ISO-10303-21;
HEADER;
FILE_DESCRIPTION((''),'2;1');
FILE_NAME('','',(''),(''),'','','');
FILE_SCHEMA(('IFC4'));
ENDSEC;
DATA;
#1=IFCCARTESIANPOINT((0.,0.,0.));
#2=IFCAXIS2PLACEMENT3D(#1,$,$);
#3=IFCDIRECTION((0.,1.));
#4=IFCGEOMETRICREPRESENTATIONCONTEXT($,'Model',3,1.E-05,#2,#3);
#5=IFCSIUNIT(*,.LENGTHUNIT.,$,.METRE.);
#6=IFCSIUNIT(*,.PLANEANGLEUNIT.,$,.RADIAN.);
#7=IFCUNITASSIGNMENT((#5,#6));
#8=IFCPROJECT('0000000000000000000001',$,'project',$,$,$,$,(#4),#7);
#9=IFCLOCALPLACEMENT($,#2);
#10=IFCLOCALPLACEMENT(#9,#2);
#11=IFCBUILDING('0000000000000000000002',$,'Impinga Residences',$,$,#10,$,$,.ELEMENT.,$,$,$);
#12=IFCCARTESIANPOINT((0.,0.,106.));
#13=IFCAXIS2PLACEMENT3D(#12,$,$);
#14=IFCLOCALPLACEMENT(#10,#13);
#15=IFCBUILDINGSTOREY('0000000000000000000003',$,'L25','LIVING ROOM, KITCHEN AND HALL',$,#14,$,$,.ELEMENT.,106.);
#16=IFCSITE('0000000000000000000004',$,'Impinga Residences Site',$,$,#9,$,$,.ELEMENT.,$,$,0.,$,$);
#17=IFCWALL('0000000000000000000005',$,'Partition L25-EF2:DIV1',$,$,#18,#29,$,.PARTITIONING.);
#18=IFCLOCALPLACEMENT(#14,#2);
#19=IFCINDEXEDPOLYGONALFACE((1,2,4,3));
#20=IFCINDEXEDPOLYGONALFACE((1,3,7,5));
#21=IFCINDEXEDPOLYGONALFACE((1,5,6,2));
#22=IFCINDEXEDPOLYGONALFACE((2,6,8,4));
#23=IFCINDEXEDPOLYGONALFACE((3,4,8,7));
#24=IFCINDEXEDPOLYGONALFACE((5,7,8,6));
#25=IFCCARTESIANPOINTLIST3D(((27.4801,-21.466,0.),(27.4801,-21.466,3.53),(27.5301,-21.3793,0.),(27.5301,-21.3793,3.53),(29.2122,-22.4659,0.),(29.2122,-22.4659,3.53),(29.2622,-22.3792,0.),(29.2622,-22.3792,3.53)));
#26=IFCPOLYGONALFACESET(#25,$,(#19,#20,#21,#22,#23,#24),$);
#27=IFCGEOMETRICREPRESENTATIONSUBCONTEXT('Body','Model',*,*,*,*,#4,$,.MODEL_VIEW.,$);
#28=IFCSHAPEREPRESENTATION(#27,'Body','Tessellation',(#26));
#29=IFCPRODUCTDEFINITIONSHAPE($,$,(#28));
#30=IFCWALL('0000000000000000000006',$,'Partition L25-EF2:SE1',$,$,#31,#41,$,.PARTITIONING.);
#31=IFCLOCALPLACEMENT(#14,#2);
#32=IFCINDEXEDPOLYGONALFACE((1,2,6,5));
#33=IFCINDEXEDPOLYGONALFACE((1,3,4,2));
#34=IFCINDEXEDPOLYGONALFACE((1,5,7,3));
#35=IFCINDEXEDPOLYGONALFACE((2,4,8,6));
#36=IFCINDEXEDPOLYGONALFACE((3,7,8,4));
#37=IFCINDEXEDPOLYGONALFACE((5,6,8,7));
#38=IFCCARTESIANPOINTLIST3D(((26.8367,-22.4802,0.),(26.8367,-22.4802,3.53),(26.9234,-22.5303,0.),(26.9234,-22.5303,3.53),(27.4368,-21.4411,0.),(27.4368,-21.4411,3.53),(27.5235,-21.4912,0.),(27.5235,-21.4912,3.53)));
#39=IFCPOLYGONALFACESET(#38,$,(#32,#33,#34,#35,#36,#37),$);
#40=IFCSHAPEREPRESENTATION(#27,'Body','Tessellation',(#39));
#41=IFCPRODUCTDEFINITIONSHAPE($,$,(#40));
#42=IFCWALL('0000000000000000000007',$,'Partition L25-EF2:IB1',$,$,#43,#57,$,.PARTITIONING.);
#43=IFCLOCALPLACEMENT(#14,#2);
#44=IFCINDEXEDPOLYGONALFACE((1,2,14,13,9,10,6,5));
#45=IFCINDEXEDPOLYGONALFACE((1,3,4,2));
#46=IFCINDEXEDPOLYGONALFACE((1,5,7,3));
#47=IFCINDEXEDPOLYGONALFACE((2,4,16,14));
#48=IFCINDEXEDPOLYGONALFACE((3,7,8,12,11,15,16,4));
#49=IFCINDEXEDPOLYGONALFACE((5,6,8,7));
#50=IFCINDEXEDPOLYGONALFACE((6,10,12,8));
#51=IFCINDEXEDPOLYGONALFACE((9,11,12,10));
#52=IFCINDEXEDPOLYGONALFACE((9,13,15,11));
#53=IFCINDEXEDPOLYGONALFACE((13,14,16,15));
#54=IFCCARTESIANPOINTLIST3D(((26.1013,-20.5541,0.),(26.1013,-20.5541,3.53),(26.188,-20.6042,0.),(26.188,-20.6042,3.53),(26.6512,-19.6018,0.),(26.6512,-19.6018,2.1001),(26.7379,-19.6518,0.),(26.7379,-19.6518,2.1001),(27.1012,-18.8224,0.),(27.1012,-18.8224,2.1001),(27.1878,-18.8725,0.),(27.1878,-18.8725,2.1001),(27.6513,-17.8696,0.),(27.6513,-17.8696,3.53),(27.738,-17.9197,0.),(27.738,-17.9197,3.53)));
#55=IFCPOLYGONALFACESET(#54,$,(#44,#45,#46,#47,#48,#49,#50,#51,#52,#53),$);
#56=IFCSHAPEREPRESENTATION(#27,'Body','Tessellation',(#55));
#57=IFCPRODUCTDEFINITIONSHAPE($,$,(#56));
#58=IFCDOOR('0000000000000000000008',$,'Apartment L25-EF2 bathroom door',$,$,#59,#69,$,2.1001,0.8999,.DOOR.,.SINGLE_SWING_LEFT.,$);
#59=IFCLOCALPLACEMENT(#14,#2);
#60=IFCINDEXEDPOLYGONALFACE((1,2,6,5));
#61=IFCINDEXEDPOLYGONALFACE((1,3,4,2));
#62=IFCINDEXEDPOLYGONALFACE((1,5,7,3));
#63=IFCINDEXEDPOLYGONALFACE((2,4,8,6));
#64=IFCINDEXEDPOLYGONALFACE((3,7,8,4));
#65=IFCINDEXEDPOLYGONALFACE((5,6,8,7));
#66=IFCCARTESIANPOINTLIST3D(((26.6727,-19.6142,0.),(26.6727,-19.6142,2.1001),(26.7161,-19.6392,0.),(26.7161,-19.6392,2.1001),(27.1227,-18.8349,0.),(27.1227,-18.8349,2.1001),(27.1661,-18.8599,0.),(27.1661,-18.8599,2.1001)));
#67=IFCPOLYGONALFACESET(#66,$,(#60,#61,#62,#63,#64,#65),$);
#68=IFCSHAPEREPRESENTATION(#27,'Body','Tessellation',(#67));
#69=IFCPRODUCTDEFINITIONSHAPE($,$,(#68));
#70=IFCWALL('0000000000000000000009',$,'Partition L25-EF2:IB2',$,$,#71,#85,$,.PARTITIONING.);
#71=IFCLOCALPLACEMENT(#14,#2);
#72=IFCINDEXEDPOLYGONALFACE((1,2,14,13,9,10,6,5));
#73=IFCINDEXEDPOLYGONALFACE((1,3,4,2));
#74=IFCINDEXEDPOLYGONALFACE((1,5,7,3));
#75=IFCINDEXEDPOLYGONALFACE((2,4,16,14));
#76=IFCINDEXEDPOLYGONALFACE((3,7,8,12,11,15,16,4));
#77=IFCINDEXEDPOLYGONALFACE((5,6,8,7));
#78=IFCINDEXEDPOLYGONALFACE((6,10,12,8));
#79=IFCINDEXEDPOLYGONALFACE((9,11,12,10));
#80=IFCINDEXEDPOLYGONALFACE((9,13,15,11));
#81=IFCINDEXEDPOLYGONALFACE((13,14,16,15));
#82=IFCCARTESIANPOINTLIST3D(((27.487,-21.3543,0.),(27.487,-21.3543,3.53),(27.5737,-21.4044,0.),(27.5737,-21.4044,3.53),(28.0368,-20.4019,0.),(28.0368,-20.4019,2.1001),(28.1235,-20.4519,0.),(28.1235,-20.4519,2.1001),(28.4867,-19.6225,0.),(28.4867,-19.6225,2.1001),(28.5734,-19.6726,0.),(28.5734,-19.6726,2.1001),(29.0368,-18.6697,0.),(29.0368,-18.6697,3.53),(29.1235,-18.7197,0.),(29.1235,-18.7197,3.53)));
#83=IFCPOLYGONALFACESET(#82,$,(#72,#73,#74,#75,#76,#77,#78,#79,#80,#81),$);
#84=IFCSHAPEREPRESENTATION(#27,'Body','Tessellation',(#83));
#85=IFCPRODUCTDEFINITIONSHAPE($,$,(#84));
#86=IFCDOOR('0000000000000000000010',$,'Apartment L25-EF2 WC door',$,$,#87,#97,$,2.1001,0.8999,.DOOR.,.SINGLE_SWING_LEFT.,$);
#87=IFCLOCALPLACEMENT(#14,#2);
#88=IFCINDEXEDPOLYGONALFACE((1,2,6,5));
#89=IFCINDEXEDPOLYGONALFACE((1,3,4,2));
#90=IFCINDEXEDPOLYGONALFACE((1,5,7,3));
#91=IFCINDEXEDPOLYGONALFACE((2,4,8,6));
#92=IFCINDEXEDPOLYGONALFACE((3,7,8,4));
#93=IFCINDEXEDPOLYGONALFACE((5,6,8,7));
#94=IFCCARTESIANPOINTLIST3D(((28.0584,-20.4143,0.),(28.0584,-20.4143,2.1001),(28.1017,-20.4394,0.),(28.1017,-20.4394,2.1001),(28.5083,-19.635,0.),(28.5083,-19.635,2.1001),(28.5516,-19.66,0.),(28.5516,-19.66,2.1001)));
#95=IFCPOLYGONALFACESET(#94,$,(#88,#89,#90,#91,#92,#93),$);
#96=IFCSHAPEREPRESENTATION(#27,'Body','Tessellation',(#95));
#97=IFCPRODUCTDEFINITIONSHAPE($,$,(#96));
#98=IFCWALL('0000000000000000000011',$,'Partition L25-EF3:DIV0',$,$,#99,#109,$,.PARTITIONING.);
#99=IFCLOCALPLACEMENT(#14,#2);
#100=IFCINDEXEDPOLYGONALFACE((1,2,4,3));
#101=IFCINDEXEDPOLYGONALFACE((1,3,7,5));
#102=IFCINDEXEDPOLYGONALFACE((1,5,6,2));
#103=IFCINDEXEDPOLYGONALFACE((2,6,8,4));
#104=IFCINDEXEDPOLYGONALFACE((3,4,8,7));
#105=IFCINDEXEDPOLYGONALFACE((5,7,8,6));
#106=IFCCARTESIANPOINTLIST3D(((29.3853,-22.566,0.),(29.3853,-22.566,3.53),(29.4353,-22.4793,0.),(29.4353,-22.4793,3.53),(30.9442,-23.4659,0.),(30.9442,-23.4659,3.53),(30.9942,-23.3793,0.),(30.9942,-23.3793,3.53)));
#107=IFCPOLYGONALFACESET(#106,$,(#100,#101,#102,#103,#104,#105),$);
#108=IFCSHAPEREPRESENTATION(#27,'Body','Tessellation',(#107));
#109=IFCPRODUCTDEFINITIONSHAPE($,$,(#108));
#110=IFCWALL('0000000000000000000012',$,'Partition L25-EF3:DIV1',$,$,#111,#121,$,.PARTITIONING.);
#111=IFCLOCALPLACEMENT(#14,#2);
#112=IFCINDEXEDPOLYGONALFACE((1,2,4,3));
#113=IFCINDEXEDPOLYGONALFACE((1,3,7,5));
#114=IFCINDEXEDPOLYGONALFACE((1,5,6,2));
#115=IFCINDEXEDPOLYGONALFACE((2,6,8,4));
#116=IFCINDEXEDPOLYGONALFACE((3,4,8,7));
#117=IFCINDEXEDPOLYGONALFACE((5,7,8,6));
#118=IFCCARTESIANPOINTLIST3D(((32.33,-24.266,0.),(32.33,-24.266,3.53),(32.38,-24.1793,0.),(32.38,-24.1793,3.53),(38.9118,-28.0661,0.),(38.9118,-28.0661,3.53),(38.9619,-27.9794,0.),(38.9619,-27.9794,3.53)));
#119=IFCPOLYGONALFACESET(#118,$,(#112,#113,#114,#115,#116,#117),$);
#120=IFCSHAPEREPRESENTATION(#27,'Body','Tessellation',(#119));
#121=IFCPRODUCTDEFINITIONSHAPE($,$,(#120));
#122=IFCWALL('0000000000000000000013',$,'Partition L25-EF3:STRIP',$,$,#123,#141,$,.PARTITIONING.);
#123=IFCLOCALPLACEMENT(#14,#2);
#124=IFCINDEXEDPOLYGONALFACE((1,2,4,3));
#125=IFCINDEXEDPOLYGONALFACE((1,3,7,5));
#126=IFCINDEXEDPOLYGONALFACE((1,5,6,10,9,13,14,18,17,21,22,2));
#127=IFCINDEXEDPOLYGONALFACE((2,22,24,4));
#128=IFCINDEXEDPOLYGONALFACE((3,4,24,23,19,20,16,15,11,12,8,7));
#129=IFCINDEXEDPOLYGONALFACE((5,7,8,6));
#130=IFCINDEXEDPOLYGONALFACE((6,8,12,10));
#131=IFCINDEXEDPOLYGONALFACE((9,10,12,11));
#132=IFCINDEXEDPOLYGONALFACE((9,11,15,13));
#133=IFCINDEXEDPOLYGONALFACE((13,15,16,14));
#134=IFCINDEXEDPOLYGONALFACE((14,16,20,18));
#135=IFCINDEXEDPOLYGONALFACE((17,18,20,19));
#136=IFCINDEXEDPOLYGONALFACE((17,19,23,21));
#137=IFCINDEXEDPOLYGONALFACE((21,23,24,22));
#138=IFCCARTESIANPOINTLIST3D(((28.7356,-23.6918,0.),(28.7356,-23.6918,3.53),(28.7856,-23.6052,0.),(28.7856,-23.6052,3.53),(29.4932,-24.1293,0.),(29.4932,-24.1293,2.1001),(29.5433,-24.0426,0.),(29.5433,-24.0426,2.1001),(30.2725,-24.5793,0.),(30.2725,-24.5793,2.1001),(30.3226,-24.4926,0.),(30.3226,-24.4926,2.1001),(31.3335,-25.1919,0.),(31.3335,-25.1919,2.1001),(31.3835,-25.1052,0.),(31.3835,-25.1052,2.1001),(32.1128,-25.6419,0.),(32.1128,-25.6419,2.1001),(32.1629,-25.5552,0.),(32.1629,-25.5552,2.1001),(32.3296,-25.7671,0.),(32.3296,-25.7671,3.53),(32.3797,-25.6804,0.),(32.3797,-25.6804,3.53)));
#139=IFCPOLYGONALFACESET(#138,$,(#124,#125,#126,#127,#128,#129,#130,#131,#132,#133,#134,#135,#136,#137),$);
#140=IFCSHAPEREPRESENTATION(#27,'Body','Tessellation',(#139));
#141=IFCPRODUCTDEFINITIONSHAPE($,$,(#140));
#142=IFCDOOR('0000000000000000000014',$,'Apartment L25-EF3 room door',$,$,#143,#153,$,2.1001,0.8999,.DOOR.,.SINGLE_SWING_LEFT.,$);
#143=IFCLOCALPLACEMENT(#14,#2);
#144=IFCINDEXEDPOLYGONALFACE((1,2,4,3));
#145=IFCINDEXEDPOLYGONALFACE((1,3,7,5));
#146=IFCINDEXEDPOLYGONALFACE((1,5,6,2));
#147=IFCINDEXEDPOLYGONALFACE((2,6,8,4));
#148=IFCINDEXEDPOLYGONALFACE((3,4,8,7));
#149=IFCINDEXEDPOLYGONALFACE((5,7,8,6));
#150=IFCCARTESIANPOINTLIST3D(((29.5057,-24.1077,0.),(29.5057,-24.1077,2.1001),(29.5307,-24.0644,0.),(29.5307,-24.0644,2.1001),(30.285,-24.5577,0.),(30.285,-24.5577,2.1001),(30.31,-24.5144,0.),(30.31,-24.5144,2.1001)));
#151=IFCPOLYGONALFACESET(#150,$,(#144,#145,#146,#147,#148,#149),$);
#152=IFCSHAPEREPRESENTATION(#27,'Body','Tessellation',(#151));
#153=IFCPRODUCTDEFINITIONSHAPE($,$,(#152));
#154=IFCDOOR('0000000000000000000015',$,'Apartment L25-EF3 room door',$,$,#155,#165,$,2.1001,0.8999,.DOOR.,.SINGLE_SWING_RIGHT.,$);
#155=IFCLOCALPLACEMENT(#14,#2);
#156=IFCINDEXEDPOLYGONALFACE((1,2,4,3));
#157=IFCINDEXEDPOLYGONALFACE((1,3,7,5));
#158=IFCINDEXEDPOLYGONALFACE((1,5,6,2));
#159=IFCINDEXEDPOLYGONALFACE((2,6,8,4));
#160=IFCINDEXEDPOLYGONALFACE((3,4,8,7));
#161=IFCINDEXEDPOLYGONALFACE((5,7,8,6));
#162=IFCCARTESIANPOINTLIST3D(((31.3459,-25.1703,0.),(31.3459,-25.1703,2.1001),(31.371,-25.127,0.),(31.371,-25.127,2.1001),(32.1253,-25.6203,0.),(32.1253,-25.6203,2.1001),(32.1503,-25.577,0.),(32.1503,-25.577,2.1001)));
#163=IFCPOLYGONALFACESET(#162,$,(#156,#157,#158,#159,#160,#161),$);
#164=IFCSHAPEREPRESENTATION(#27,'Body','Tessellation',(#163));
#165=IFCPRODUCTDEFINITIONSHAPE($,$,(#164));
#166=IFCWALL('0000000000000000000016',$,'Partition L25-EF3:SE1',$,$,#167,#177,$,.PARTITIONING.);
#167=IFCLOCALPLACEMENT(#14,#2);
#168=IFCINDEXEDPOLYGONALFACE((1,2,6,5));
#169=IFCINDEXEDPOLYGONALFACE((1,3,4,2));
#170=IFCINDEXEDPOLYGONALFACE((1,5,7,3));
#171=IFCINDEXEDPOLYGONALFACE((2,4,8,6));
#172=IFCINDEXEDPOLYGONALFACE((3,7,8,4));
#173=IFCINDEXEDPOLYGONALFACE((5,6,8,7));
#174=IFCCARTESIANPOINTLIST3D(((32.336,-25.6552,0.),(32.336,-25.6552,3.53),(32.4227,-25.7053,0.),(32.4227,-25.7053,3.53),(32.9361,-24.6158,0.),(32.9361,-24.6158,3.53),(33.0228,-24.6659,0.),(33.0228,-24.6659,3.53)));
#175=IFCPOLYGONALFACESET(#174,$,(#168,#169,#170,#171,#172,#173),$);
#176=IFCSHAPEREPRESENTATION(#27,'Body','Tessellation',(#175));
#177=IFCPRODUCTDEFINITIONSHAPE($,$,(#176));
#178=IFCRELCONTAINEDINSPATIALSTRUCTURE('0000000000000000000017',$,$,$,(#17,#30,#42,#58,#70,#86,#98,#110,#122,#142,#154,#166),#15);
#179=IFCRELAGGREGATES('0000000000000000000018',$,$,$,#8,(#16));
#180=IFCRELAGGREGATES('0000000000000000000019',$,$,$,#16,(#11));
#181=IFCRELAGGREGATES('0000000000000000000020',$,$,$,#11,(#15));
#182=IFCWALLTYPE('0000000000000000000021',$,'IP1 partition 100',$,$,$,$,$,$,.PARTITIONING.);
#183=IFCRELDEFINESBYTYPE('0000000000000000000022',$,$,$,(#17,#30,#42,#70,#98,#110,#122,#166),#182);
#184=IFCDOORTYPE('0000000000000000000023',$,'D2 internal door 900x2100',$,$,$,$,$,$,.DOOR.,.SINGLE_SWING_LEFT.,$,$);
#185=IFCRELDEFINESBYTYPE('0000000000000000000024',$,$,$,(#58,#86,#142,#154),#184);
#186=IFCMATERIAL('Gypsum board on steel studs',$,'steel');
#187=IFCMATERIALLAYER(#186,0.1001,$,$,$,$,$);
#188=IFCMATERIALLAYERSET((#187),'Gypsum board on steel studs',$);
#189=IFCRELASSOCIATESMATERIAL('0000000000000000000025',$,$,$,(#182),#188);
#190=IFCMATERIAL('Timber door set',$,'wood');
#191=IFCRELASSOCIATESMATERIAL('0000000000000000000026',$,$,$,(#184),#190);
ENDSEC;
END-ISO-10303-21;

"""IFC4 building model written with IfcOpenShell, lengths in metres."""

from ifc_helpers import new_model, si_unit, direction, frame, frame_2d, origin, place, context, subcontext, project, spatial, rectangle, extrude, material, layer, layer_set, type_object, element, fill, save


model = new_model("IFC4")

# Units and contexts
model_context = context("Model", 3, precision=1e-05, world=origin(), true_north=direction((0.0, 1.0)))
body_context = subcontext(model_context, "Body", "Model", "MODEL_VIEW")
ifc_project = project(units=[si_unit("LENGTHUNIT", "METRE"), si_unit("PLANEANGLEUNIT", "RADIAN")], contexts=[model_context])

# Site, building, storey
site_placement = place(None, origin())
site = spatial("IfcSite", under=ifc_project, at=site_placement, Name="Impinga Residences Site", CompositionType="ELEMENT", RefElevation=0.0)
building_placement = place(site_placement, origin())
building = spatial("IfcBuilding", under=site, at=building_placement, Name="Impinga Residences", CompositionType="ELEMENT")
storey_placement = place(building_placement, frame((0.0, 0.0, 106.0)))
storey = spatial("IfcBuildingStorey", under=building, at=storey_placement, Name="L25", Description="LIVING ROOM, KITCHEN AND HALL", CompositionType="ELEMENT", Elevation=106.0)

# Walls
ifc_material_1 = material(Name="Gypsum board on steel studs", Category="steel")
ifc_layer_1 = layer(ifc_material_1, 0.1001)
ifc_layer_set_1 = layer_set([ifc_layer_1], Name="Gypsum board on steel studs")
wall_type_1 = type_object("IfcWallType", Name="IP1 partition 100", PredefinedType="PARTITIONING", material=ifc_layer_set_1)
wall_1_placement = place(storey_placement, frame((27.5051, -21.4226, 0.0), z_axis=(0.0, 0.0, 1.0), x_axis=(0.866041, -0.499973, 0.0)))
element("IfcWall", 1, at=wall_1_placement, inside=storey, type_object=wall_type_1, Name="Partition L25-EF2:DIV1", PredefinedType="PARTITIONING", context=body_context, shape_type="SweptSolid", body=[
    extrude(rectangle(XDim=2.0, YDim=0.1001, at=frame_2d((1.0, 0.0))), origin(), (0.0, 0.0, 1.0), 3.53),
])
wall_2_placement = place(storey_placement, frame((27.4802, -21.4661, 0.0), z_axis=(0.0, 0.0, 1.0), x_axis=(-0.500122, -0.865955, 0.0)))
element("IfcWall", 2, at=wall_2_placement, inside=storey, type_object=wall_type_1, Name="Partition L25-EF2:SE1", PredefinedType="PARTITIONING", context=body_context, shape_type="SweptSolid", body=[
    extrude(rectangle(XDim=1.2, YDim=0.1001, at=frame_2d((0.6001, 0.0))), origin(), (0.0, 0.0, 1.0), 3.53),
])

# Walls, openings, doors
wall_3_placement = place(storey_placement, frame((27.6946, -17.8948, 0.0), z_axis=(0.0, 0.0, 1.0), x_axis=(-0.500027, -0.86601, 0.0)))
wall_3 = element("IfcWall", 3, at=wall_3_placement, inside=storey, type_object=wall_type_1, Name="Partition L25-EF2:IB1", PredefinedType="PARTITIONING", context=body_context, shape_type="SweptSolid", body=[
    extrude(rectangle(XDim=3.0999, YDim=0.1001, at=frame_2d((1.5498, 0.0))), origin(), (0.0, 0.0, 1.0), 3.53),
])
opening_1_placement = place(wall_3_placement, frame((1.1001, 0.0, 0.0)))
opening_1 = element("IfcOpeningElement", 4, at=opening_1_placement, cuts=wall_3, PredefinedType="OPENING", context=body_context, shape_type="SweptSolid", body=[
    extrude(rectangle(XDim=0.8999, YDim=2.1001, at=frame_2d((0.45, 1.05))), frame((0.0, 0.0601, 0.0), z_axis=(0.0, -1.0, 0.0), x_axis=(1.0, 0.0, 0.0)), (0.0, 0.0, 1.0), 0.1201),
])
ifc_material_2 = material(Name="Timber door set", Category="wood")
door_type = type_object("IfcDoorType", Name="D2 internal door 900x2100", OperationType="SINGLE_SWING_LEFT", PredefinedType="DOOR", material=ifc_material_2)
door_1_placement = place(opening_1_placement, origin())
door_1 = element("IfcDoor", 5, at=door_1_placement, inside=storey, type_object=door_type, Name="Apartment L25-EF2 bathroom door", OperationType="SINGLE_SWING_LEFT", OverallHeight=2.1001, OverallWidth=0.8999, PredefinedType="DOOR", context=body_context, shape_type="SweptSolid", body=[
    extrude(rectangle(XDim=0.8999, YDim=2.1001, at=frame_2d((0.45, 1.05))), frame((0.0, 0.0249, 0.0), z_axis=(0.0, -1.0, 0.0), x_axis=(1.0, 0.0, 0.0)), (0.0, 0.0, 1.0), 0.05),
])
fill(opening_1, door_1)
wall_4_placement = place(storey_placement, frame((29.0801, -18.6948, 0.0), z_axis=(0.0, 0.0, 1.0), x_axis=(-0.499968, -0.866044, 0.0)))
wall_4 = element("IfcWall", 6, at=wall_4_placement, inside=storey, type_object=wall_type_1, Name="Partition L25-EF2:IB2", PredefinedType="PARTITIONING", context=body_context, shape_type="SweptSolid", body=[
    extrude(rectangle(XDim=3.0999, YDim=0.1001, at=frame_2d((1.5498, 0.0))), origin(), (0.0, 0.0, 1.0), 3.53),
])
opening_2_placement = place(wall_4_placement, frame((1.1001, 0.0, 0.0)))
opening_2 = element("IfcOpeningElement", 7, at=opening_2_placement, cuts=wall_4, PredefinedType="OPENING", context=body_context, shape_type="SweptSolid", body=[
    extrude(rectangle(XDim=0.8999, YDim=2.1001, at=frame_2d((0.45, 1.05))), frame((0.0, 0.0601, 0.0), z_axis=(0.0, -1.0, 0.0), x_axis=(1.0, 0.0, 0.0)), (0.0, 0.0, 1.0), 0.1201),
])
door_2_placement = place(opening_2_placement, origin())
door_2 = element("IfcDoor", 8, at=door_2_placement, inside=storey, type_object=door_type, Name="Apartment L25-EF2 WC door", OperationType="SINGLE_SWING_LEFT", OverallHeight=2.1001, OverallWidth=0.8999, PredefinedType="DOOR", context=body_context, shape_type="SweptSolid", body=[
    extrude(rectangle(XDim=0.8999, YDim=2.1001, at=frame_2d((0.45, 1.05))), frame((0.0, 0.0249, 0.0), z_axis=(0.0, -1.0, 0.0), x_axis=(1.0, 0.0, 0.0)), (0.0, 0.0, 1.0), 0.05),
])
fill(opening_2, door_2)

# Walls
wall_5_placement = place(storey_placement, frame((29.4104, -22.5227, 0.0), z_axis=(0.0, 0.0, 1.0), x_axis=(0.866048, -0.499961, 0.0)))
element("IfcWall", 9, at=wall_5_placement, inside=storey, type_object=wall_type_1, Name="Partition L25-EF3:DIV0", PredefinedType="PARTITIONING", context=body_context, shape_type="SweptSolid", body=[
    extrude(rectangle(XDim=1.8, YDim=0.1001, at=frame_2d((0.8999, 0.0))), origin(), (0.0, 0.0, 1.0), 3.53),
])
wall_6_placement = place(storey_placement, frame((32.355, -24.2227, 0.0), z_axis=(0.0, 0.0, 1.0), x_axis=(0.866022, -0.500005, 0.0)))
element("IfcWall", 10, at=wall_6_placement, inside=storey, type_object=wall_type_1, Name="Partition L25-EF3:DIV1", PredefinedType="PARTITIONING", context=body_context, shape_type="SweptSolid", body=[
    extrude(rectangle(XDim=7.6001, YDim=0.1001, at=frame_2d((3.8, 0.0))), origin(), (0.0, 0.0, 1.0), 3.53),
])

# Wall, openings, doors
wall_7_placement = place(storey_placement, frame((28.7605, -23.6484, 0.0), z_axis=(0.0, 0.0, 1.0), x_axis=(0.866004, -0.500036, 0.0)))
wall_7 = element("IfcWall", 11, at=wall_7_placement, inside=storey, type_object=wall_type_1, Name="Partition L25-EF3:STRIP", PredefinedType="PARTITIONING", context=body_context, shape_type="SweptSolid", body=[
    extrude(rectangle(XDim=4.1501, YDim=0.1001, at=frame_2d((2.0752, 0.0))), origin(), (0.0, 0.0, 1.0), 3.53),
])
opening_3_placement = place(wall_7_placement, frame((0.875, 0.0, 0.0)))
opening_3 = element("IfcOpeningElement", 12, at=opening_3_placement, cuts=wall_7, PredefinedType="OPENING", context=body_context, shape_type="SweptSolid", body=[
    extrude(rectangle(XDim=0.8999, YDim=2.1001, at=frame_2d((0.45, 1.05))), frame((0.0, 0.0601, 0.0), z_axis=(0.0, -1.0, 0.0), x_axis=(1.0, 0.0, 0.0)), (0.0, 0.0, 1.0), 0.1201),
])
opening_4_placement = place(wall_7_placement, frame((3.0, 0.0, 0.0)))
opening_4 = element("IfcOpeningElement", 13, at=opening_4_placement, cuts=wall_7, PredefinedType="OPENING", context=body_context, shape_type="SweptSolid", body=[
    extrude(rectangle(XDim=0.8999, YDim=2.1001, at=frame_2d((0.45, 1.05))), frame((0.0, 0.0601, 0.0), z_axis=(0.0, -1.0, 0.0), x_axis=(1.0, 0.0, 0.0)), (0.0, 0.0, 1.0), 0.1201),
])
door_3_placement = place(opening_3_placement, origin())
door_3 = element("IfcDoor", 14, at=door_3_placement, inside=storey, type_object=door_type, Name="Apartment L25-EF3 room door", OperationType="SINGLE_SWING_LEFT", OverallHeight=2.1001, OverallWidth=0.8999, PredefinedType="DOOR", context=body_context, shape_type="SweptSolid", body=[
    extrude(rectangle(XDim=0.8999, YDim=2.1001, at=frame_2d((0.45, 1.05))), frame((0.0, 0.0249, 0.0), z_axis=(0.0, -1.0, 0.0), x_axis=(1.0, 0.0, 0.0)), (0.0, 0.0, 1.0), 0.05),
])
fill(opening_3, door_3)
door_4_placement = place(opening_4_placement, origin())
door_4 = element("IfcDoor", 15, at=door_4_placement, inside=storey, type_object=door_type, Name="Apartment L25-EF3 room door", OperationType="SINGLE_SWING_RIGHT", OverallHeight=2.1001, OverallWidth=0.8999, PredefinedType="DOOR", context=body_context, shape_type="SweptSolid", body=[
    extrude(rectangle(XDim=0.8999, YDim=2.1001, at=frame_2d((0.45, 1.05))), frame((0.0, 0.0249, 0.0), z_axis=(0.0, -1.0, 0.0), x_axis=(1.0, 0.0, 0.0)), (0.0, 0.0, 1.0), 0.05),
])
fill(opening_4, door_4)

# Wall
wall_8_placement = place(storey_placement, frame((32.9795, -24.6409, 0.0), z_axis=(0.0, 0.0, 1.0), x_axis=(-0.500034, -0.866006, 0.0)))
element("IfcWall", 16, at=wall_8_placement, inside=storey, type_object=wall_type_1, Name="Partition L25-EF3:SE1", PredefinedType="PARTITIONING", context=body_context, shape_type="SweptSolid", body=[
    extrude(rectangle(XDim=1.2002, YDim=0.1001, at=frame_2d((0.6001, 0.0))), origin(), (0.0, 0.0, 1.0), 3.53),
])

save(model, "model.ifc")
